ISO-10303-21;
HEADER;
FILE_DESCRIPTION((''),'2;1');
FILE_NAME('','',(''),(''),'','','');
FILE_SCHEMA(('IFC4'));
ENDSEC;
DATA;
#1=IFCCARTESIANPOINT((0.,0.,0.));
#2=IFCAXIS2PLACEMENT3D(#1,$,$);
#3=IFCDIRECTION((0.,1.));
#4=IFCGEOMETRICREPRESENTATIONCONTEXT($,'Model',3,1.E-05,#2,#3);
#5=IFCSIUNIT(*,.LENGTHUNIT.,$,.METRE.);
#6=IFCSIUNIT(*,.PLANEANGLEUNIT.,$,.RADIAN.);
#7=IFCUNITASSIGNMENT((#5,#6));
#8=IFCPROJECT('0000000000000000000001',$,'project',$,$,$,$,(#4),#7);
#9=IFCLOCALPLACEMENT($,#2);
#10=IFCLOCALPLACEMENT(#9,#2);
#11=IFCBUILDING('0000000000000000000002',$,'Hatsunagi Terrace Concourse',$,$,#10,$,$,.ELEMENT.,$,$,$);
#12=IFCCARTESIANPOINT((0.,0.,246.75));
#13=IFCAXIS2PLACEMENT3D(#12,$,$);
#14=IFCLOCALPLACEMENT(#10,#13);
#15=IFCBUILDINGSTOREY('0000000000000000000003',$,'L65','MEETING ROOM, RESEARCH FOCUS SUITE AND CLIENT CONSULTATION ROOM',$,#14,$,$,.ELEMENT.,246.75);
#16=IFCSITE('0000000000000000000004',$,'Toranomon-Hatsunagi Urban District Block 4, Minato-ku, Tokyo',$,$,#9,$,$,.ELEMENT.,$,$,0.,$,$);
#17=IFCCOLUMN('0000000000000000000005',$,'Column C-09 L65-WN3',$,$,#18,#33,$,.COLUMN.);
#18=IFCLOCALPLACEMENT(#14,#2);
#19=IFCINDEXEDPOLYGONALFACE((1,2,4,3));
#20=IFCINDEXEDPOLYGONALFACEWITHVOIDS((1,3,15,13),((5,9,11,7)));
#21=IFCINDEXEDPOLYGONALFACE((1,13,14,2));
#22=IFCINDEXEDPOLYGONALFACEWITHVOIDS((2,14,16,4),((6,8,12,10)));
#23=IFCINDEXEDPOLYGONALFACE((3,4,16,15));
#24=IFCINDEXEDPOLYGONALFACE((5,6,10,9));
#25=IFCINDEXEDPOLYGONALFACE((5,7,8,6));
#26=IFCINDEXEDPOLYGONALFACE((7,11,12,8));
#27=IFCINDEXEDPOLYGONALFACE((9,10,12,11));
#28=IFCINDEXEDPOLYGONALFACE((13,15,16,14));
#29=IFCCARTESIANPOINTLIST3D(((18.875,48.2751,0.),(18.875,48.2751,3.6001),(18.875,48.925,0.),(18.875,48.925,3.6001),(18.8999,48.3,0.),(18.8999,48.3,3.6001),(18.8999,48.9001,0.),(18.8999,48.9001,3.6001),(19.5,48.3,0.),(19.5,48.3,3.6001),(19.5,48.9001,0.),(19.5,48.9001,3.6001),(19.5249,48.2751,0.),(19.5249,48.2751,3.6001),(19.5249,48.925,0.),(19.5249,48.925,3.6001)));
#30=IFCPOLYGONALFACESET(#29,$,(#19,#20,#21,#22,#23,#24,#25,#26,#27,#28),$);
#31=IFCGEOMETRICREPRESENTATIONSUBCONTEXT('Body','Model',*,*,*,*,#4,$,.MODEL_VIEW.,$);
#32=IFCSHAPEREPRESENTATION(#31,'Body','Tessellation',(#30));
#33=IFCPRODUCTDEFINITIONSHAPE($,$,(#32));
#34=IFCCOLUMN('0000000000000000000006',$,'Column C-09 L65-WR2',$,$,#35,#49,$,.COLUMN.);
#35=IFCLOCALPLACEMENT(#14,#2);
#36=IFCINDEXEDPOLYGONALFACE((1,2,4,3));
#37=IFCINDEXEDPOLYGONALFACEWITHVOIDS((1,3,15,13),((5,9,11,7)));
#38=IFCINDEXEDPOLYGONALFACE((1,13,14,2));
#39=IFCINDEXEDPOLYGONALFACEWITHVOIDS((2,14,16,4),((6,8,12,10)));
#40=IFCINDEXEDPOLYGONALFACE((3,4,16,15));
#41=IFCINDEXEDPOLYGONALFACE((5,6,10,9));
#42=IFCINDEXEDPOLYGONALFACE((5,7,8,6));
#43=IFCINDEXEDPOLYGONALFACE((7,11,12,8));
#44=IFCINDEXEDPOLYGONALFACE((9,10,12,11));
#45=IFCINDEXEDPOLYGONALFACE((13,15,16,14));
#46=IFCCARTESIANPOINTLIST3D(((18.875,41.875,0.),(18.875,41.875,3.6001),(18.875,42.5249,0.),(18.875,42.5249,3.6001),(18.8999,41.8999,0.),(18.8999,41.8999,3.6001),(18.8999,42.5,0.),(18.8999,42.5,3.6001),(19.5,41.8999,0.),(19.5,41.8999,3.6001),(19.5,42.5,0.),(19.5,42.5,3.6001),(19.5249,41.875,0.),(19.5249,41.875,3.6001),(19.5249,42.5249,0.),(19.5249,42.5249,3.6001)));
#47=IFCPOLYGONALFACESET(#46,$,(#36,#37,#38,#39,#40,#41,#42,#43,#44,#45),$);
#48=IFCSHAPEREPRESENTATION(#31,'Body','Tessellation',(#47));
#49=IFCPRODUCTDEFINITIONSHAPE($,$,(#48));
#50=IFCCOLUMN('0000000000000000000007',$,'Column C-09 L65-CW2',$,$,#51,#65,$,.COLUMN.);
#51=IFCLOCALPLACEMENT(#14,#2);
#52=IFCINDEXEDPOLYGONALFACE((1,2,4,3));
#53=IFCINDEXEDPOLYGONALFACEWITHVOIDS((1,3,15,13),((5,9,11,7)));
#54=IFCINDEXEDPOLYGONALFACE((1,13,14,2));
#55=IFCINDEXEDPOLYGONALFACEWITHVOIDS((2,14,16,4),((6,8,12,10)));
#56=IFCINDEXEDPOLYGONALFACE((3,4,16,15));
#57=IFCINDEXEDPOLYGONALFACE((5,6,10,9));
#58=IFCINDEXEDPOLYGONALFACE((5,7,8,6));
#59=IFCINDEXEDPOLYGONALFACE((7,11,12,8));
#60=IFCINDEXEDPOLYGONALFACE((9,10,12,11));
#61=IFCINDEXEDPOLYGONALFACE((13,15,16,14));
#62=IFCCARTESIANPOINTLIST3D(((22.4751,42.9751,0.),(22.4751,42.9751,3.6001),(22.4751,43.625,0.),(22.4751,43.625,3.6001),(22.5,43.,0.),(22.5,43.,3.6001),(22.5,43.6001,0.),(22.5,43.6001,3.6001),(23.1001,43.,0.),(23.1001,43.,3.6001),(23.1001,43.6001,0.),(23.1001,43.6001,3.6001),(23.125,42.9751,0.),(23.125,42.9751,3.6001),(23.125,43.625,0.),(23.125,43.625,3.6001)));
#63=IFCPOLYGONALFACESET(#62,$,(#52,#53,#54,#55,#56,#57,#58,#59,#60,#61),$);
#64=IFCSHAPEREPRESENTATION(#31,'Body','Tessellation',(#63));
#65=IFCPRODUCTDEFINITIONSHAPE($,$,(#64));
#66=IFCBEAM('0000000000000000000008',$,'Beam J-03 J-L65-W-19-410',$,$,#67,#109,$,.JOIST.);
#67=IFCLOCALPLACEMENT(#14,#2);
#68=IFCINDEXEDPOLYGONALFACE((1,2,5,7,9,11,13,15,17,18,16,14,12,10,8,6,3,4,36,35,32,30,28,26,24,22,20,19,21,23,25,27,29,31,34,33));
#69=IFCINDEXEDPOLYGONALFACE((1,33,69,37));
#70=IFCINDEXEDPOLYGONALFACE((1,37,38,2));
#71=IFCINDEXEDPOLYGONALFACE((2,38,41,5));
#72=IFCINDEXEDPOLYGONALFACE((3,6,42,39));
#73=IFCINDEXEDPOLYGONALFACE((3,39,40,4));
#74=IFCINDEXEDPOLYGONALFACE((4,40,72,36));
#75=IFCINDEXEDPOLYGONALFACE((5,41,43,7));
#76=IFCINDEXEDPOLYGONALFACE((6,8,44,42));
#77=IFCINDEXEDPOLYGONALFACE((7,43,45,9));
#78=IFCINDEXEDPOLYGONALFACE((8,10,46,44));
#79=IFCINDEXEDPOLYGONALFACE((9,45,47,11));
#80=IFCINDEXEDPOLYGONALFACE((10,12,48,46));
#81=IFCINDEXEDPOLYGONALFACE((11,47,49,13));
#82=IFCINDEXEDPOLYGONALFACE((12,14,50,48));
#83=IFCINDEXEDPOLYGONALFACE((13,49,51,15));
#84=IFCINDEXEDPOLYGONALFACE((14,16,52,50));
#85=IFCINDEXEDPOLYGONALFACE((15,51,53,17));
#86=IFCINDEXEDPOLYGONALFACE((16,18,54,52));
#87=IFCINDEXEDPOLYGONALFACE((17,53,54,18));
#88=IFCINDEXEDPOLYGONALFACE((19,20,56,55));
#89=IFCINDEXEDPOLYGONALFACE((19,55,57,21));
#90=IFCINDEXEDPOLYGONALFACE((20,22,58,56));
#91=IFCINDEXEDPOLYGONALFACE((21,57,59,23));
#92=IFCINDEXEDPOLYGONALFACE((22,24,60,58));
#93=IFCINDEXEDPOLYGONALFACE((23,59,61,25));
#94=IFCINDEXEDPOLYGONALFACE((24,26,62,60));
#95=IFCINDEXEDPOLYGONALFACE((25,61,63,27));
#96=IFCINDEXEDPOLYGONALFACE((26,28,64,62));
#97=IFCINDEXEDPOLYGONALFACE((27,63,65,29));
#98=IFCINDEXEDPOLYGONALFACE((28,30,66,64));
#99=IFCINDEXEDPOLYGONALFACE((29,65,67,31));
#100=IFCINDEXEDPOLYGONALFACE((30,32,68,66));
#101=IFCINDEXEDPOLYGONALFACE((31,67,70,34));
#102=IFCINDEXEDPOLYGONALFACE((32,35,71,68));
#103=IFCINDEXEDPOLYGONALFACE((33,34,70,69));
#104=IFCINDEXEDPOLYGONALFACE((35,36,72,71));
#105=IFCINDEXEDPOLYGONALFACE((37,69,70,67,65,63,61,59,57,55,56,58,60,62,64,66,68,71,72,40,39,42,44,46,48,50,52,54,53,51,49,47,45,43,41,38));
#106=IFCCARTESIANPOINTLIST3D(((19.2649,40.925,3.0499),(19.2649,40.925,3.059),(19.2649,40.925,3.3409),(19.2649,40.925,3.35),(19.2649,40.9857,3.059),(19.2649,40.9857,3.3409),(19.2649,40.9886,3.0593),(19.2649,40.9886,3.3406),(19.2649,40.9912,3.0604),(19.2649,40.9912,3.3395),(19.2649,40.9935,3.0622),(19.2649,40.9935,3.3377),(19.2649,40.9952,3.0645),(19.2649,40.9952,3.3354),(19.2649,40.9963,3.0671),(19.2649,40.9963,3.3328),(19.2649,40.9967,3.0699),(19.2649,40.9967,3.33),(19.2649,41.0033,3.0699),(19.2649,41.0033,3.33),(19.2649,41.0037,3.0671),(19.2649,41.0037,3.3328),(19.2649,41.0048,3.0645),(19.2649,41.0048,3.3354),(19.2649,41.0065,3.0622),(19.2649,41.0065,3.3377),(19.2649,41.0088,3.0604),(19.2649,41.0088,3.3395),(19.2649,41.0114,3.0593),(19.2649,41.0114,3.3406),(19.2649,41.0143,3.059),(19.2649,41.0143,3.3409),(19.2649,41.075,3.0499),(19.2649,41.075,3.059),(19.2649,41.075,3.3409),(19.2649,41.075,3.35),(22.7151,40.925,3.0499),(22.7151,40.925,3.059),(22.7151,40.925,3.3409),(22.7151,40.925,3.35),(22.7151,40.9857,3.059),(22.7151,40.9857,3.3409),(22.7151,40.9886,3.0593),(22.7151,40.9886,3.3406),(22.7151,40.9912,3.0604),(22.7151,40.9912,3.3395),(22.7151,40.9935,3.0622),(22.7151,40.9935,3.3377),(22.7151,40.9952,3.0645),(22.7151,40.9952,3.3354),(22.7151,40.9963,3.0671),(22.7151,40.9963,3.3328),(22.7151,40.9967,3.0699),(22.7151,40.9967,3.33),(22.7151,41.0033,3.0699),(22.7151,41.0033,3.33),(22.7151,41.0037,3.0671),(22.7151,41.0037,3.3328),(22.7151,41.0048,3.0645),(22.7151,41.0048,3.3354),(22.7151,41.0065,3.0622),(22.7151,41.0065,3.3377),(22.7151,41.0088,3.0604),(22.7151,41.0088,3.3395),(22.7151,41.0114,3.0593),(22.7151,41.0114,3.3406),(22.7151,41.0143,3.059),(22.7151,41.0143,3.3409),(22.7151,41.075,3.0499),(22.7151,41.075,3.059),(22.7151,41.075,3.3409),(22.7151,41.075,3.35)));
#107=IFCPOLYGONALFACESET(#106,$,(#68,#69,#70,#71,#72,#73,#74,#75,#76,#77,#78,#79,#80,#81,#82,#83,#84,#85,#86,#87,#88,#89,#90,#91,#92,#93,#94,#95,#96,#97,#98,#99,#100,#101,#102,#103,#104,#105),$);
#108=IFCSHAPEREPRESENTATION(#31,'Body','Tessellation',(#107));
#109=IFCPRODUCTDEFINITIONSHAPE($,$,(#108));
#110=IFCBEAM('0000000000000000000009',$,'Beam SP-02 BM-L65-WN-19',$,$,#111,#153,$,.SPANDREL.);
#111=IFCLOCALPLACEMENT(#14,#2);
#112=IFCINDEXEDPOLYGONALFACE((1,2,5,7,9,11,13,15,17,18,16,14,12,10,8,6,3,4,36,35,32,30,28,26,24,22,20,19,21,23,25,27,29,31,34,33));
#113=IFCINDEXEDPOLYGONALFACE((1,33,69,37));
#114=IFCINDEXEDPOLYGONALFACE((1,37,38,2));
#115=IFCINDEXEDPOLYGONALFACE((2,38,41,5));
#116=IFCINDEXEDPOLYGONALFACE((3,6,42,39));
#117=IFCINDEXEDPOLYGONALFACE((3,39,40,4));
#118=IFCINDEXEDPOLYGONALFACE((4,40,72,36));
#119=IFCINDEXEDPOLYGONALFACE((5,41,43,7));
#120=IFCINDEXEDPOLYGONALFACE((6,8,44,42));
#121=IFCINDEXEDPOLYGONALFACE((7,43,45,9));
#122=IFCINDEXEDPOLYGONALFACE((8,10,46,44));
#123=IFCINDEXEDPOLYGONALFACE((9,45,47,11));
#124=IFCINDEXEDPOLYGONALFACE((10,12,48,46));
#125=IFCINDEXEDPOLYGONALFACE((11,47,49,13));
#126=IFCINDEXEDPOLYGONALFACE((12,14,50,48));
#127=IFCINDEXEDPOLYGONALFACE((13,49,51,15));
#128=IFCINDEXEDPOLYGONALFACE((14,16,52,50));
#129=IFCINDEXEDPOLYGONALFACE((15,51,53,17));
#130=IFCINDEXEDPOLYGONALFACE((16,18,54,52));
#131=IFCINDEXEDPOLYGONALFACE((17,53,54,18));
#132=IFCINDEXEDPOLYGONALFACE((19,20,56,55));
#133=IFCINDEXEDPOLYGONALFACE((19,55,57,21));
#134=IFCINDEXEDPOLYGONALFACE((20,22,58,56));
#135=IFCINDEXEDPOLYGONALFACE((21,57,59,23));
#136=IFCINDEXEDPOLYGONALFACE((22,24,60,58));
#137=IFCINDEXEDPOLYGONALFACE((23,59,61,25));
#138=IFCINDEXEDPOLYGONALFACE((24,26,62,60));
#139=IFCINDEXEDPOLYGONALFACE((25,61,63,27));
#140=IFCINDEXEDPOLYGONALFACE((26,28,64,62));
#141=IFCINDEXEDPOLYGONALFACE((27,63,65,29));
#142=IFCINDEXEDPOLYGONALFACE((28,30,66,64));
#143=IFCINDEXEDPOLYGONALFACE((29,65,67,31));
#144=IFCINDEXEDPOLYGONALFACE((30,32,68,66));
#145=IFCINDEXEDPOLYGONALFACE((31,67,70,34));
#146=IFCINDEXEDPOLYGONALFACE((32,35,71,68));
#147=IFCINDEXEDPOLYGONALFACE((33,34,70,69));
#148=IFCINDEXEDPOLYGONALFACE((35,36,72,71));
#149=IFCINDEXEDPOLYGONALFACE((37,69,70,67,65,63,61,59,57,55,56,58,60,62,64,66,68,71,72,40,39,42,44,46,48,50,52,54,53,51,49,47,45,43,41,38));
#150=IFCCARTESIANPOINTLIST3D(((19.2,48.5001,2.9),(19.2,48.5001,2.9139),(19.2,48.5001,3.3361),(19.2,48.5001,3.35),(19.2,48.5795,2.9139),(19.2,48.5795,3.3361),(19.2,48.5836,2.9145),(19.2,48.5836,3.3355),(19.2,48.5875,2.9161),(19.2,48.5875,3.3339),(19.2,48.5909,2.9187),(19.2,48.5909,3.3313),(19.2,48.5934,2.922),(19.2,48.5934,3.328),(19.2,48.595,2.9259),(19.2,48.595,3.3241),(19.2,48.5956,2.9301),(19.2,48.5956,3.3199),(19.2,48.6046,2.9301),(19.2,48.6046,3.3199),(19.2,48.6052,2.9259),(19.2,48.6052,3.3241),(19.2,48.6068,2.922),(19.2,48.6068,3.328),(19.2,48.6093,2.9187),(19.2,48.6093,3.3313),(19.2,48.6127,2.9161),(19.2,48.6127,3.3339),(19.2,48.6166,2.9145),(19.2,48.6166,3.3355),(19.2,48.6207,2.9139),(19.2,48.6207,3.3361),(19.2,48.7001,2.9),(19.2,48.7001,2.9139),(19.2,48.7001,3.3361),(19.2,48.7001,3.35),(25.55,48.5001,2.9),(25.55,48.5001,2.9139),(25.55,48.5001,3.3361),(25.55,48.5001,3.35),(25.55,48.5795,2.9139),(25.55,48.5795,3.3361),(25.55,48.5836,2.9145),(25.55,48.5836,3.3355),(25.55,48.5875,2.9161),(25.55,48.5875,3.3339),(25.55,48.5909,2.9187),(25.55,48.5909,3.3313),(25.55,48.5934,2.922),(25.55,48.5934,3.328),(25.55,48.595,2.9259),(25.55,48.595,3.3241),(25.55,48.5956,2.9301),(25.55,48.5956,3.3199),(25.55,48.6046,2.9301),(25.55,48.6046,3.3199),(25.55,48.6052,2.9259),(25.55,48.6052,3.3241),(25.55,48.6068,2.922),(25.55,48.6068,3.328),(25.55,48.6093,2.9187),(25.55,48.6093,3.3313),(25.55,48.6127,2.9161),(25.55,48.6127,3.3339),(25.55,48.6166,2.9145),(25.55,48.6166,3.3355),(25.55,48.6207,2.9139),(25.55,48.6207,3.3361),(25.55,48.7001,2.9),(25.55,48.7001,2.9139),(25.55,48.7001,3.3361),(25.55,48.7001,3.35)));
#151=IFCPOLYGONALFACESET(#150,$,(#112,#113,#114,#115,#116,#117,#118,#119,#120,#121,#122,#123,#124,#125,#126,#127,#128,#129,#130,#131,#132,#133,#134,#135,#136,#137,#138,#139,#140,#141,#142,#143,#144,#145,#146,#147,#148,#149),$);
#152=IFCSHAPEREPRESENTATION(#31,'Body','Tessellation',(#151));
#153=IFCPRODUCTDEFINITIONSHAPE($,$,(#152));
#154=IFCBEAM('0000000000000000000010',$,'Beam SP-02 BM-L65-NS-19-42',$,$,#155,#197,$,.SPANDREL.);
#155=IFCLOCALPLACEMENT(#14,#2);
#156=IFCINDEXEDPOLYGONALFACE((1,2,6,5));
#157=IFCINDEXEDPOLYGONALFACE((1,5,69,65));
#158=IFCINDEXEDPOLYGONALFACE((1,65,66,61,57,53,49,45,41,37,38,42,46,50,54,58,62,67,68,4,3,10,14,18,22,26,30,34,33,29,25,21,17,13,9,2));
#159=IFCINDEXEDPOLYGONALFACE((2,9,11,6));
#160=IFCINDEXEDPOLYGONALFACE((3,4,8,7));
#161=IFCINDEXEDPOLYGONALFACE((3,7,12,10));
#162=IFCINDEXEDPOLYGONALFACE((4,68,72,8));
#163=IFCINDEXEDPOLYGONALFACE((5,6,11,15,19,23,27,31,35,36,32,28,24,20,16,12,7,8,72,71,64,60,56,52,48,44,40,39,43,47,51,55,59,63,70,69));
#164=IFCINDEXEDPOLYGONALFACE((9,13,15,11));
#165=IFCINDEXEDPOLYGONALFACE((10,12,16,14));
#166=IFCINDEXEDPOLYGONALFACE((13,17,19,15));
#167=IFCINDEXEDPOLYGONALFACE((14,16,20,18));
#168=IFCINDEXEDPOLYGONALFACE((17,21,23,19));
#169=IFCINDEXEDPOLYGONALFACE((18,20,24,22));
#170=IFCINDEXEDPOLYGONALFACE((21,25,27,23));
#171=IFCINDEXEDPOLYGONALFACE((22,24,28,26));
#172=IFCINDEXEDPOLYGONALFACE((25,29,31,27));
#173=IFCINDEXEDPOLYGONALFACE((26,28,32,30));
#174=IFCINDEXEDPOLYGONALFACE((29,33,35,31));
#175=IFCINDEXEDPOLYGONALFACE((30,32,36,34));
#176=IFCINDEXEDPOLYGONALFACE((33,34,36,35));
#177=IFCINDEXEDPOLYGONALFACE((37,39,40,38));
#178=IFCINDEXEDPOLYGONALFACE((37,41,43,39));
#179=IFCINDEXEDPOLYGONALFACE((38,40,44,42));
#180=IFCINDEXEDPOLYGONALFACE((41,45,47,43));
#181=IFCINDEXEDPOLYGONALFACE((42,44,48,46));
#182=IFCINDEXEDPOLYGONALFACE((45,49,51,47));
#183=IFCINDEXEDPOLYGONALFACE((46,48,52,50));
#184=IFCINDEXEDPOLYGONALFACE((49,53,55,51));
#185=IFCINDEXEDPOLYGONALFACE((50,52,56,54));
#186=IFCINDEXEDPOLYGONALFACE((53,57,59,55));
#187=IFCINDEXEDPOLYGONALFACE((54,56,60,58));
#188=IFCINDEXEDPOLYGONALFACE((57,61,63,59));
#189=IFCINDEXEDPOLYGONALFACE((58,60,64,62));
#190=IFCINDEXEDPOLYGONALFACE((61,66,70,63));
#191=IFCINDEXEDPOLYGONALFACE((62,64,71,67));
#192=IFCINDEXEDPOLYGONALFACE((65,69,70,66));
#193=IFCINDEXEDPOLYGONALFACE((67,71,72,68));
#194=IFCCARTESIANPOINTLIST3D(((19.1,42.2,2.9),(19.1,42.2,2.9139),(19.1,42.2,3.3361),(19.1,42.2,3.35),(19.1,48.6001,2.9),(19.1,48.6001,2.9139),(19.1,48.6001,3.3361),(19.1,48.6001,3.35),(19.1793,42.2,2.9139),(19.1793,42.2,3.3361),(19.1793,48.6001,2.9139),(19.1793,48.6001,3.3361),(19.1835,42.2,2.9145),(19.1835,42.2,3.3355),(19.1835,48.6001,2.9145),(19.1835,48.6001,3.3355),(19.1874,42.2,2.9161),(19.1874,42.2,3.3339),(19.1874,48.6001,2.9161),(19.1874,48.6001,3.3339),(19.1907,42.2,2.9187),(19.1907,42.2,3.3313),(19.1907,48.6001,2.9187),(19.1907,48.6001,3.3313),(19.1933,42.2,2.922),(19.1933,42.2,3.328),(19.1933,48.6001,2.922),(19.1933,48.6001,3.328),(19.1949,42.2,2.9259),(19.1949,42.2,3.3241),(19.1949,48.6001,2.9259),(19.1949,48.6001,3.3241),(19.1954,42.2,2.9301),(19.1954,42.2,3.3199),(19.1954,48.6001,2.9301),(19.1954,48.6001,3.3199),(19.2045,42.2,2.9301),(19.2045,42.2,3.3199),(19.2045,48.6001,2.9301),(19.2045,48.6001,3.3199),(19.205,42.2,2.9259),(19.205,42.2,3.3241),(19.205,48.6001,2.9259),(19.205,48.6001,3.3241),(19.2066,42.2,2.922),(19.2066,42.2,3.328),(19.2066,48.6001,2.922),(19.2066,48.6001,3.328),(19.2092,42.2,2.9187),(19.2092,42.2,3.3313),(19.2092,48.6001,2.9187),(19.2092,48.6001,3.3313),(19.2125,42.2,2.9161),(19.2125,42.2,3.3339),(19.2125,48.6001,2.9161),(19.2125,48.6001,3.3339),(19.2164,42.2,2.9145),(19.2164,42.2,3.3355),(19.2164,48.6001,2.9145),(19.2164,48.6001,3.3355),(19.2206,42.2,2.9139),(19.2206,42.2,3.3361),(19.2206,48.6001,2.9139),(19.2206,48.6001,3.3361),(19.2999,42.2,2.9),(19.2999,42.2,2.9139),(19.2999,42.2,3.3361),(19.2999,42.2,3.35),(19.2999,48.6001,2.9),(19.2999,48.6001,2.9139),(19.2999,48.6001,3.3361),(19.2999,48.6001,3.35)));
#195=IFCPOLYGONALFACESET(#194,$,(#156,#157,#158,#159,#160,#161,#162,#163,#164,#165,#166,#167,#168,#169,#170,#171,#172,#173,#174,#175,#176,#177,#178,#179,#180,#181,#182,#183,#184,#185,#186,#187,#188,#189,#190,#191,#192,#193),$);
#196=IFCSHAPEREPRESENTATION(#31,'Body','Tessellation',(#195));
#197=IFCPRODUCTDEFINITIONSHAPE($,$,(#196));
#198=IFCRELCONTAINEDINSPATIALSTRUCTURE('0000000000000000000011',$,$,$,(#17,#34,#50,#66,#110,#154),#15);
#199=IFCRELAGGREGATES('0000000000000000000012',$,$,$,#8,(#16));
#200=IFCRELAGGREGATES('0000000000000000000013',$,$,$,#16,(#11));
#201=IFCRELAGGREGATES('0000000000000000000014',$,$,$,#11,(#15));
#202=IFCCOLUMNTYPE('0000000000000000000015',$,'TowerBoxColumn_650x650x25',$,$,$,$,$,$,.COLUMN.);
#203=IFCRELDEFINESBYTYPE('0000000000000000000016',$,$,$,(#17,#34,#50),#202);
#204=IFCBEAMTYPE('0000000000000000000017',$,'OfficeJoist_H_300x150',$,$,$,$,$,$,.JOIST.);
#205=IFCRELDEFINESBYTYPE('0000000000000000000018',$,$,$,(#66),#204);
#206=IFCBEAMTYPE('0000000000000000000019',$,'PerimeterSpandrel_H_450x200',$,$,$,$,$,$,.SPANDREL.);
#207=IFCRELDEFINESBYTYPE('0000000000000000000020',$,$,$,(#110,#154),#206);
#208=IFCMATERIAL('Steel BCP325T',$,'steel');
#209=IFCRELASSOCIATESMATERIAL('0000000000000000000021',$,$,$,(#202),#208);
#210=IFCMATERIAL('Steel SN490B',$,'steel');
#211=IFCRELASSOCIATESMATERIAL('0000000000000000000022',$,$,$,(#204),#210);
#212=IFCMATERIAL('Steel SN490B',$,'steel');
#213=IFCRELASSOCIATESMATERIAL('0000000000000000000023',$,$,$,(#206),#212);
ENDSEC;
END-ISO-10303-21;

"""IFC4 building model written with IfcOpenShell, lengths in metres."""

from ifc_helpers import new_model, si_unit, direction, frame, origin, origin_2d, place, context, subcontext, project, spatial, hollow_rectangle, i_section, extrude, material, material_profile, profile_set, type_object, element, save


model = new_model("IFC4")

# Units and contexts
model_context = context("Model", 3, precision=1e-05, world=origin(), true_north=direction((0.0, 1.0)))
body_context = subcontext(model_context, "Body", "Model", "MODEL_VIEW")
ifc_project = project(units=[si_unit("LENGTHUNIT", "METRE"), si_unit("PLANEANGLEUNIT", "RADIAN")], contexts=[model_context])

# Site, building, storey
site_placement = place(None, origin())
site = spatial("IfcSite", under=ifc_project, at=site_placement, Name="Toranomon-Hatsunagi Urban District Block 4, Minato-ku, Tokyo", CompositionType="ELEMENT", RefElevation=0.0)
building_placement = place(site_placement, origin())
building = spatial("IfcBuilding", under=site, at=building_placement, Name="Hatsunagi Terrace Concourse", CompositionType="ELEMENT")
storey_placement = place(building_placement, frame((0.0, 0.0, 246.75)))
storey = spatial("IfcBuildingStorey", under=building, at=storey_placement, Name="L65", Description="MEETING ROOM, RESEARCH FOCUS SUITE AND CLIENT CONSULTATION ROOM", CompositionType="ELEMENT", Elevation=246.75)

# Columns
ifc_material_1 = material(Name="Steel BCP325T", Category="steel")
ifc_material_profile_1 = material_profile(ifc_material_1, hollow_rectangle(XDim=0.6499, YDim=0.6499, WallThickness=0.0249, at=origin_2d()), Name="BCP-650x650x25")
ifc_profile_set_1 = profile_set([ifc_material_profile_1], Name="Steel BCP325T")
column_type = type_object("IfcColumnType", Name="TowerBoxColumn_650x650x25", PredefinedType="COLUMN", material=ifc_profile_set_1)
for number, where, z_axis, x_axis, name in (
    (1, (19.2, 48.6001, 0.0), (0.0, 0.0, 1.0), (1.0, 0.0, 0.0), "Column C-09 L65-WN3"),
    (2, (19.2, 42.2, 0.0), (0.0, 0.0, 1.0), (1.0, 0.0, 0.0), "Column C-09 L65-WR2"),
    (3, (22.8, 43.3, 0.0), (0.0, 0.0, 1.0), (1.0, 0.0, 0.0), "Column C-09 L65-CW2"),
):
    element("IfcColumn", number, at=place(storey_placement, frame(where, z_axis=z_axis, x_axis=x_axis)), inside=storey, type_object=column_type, Name=name, PredefinedType="COLUMN", context=body_context, shape_type="SweptSolid", body=[
        extrude(hollow_rectangle(XDim=0.6499, YDim=0.6499, WallThickness=0.0249, at=origin_2d()), origin(), (0.0, 0.0, 1.0), 3.6001),
    ])

# Beams
ifc_material_2 = material(Name="Steel SN490B", Category="steel")
ifc_material_profile_2 = material_profile(ifc_material_2, i_section(OverallWidth=0.1499, OverallDepth=0.3, WebThickness=0.0066, FlangeThickness=0.009, FilletRadius=0.011, at=origin_2d()), Name="H-300x150x6.5x9")
ifc_profile_set_2 = profile_set([ifc_material_profile_2], Name="Steel SN490B")
beam_type_1 = type_object("IfcBeamType", Name="OfficeJoist_H_300x150", PredefinedType="JOIST", material=ifc_profile_set_2)
beam_1_placement = place(storey_placement, frame((19.2649, 41.0, 3.2), z_axis=(1.0, 0.0, 0.0), x_axis=(0.0, 1.0, 0.0)))
element("IfcBeam", 4, at=beam_1_placement, inside=storey, type_object=beam_type_1, Name="Beam J-03 J-L65-W-19-410", PredefinedType="JOIST", context=body_context, shape_type="SweptSolid", body=[
    extrude(i_section(OverallWidth=0.1499, OverallDepth=0.3, WebThickness=0.0066, FlangeThickness=0.009, FilletRadius=0.011, at=origin_2d()), origin(), (0.0, 0.0, 1.0), 3.4502),
])
ifc_material_3 = material(Name="Steel SN490B", Category="steel")
ifc_material_profile_3 = material_profile(ifc_material_3, i_section(OverallWidth=0.2, OverallDepth=0.45, WebThickness=0.009, FlangeThickness=0.0139, FilletRadius=0.0161, at=origin_2d()), Name="H-450x200x9x14")
ifc_profile_set_3 = profile_set([ifc_material_profile_3], Name="Steel SN490B")
beam_type_2 = type_object("IfcBeamType", Name="PerimeterSpandrel_H_450x200", PredefinedType="SPANDREL", material=ifc_profile_set_3)
beam_2_placement = place(storey_placement, frame((19.2, 48.6001, 3.125), z_axis=(1.0, 0.0, 0.0), x_axis=(0.0, 1.0, 0.0)))
element("IfcBeam", 5, at=beam_2_placement, inside=storey, type_object=beam_type_2, Name="Beam SP-02 BM-L65-WN-19", PredefinedType="SPANDREL", context=body_context, shape_type="SweptSolid", body=[
    extrude(i_section(OverallWidth=0.2, OverallDepth=0.45, WebThickness=0.009, FlangeThickness=0.0139, FilletRadius=0.0161, at=origin_2d()), origin(), (0.0, 0.0, 1.0), 6.3501),
])
beam_3_placement = place(storey_placement, frame((19.2, 42.2, 3.125), z_axis=(0.0, 1.0, 0.0), x_axis=(-1.0, 0.0, 0.0)))
element("IfcBeam", 6, at=beam_3_placement, inside=storey, type_object=beam_type_2, Name="Beam SP-02 BM-L65-NS-19-42", PredefinedType="SPANDREL", context=body_context, shape_type="SweptSolid", body=[
    extrude(i_section(OverallWidth=0.2, OverallDepth=0.45, WebThickness=0.009, FlangeThickness=0.0139, FilletRadius=0.0161, at=origin_2d()), origin(), (0.0, 0.0, 1.0), 6.4001),
])

save(model, "model.ifc")
